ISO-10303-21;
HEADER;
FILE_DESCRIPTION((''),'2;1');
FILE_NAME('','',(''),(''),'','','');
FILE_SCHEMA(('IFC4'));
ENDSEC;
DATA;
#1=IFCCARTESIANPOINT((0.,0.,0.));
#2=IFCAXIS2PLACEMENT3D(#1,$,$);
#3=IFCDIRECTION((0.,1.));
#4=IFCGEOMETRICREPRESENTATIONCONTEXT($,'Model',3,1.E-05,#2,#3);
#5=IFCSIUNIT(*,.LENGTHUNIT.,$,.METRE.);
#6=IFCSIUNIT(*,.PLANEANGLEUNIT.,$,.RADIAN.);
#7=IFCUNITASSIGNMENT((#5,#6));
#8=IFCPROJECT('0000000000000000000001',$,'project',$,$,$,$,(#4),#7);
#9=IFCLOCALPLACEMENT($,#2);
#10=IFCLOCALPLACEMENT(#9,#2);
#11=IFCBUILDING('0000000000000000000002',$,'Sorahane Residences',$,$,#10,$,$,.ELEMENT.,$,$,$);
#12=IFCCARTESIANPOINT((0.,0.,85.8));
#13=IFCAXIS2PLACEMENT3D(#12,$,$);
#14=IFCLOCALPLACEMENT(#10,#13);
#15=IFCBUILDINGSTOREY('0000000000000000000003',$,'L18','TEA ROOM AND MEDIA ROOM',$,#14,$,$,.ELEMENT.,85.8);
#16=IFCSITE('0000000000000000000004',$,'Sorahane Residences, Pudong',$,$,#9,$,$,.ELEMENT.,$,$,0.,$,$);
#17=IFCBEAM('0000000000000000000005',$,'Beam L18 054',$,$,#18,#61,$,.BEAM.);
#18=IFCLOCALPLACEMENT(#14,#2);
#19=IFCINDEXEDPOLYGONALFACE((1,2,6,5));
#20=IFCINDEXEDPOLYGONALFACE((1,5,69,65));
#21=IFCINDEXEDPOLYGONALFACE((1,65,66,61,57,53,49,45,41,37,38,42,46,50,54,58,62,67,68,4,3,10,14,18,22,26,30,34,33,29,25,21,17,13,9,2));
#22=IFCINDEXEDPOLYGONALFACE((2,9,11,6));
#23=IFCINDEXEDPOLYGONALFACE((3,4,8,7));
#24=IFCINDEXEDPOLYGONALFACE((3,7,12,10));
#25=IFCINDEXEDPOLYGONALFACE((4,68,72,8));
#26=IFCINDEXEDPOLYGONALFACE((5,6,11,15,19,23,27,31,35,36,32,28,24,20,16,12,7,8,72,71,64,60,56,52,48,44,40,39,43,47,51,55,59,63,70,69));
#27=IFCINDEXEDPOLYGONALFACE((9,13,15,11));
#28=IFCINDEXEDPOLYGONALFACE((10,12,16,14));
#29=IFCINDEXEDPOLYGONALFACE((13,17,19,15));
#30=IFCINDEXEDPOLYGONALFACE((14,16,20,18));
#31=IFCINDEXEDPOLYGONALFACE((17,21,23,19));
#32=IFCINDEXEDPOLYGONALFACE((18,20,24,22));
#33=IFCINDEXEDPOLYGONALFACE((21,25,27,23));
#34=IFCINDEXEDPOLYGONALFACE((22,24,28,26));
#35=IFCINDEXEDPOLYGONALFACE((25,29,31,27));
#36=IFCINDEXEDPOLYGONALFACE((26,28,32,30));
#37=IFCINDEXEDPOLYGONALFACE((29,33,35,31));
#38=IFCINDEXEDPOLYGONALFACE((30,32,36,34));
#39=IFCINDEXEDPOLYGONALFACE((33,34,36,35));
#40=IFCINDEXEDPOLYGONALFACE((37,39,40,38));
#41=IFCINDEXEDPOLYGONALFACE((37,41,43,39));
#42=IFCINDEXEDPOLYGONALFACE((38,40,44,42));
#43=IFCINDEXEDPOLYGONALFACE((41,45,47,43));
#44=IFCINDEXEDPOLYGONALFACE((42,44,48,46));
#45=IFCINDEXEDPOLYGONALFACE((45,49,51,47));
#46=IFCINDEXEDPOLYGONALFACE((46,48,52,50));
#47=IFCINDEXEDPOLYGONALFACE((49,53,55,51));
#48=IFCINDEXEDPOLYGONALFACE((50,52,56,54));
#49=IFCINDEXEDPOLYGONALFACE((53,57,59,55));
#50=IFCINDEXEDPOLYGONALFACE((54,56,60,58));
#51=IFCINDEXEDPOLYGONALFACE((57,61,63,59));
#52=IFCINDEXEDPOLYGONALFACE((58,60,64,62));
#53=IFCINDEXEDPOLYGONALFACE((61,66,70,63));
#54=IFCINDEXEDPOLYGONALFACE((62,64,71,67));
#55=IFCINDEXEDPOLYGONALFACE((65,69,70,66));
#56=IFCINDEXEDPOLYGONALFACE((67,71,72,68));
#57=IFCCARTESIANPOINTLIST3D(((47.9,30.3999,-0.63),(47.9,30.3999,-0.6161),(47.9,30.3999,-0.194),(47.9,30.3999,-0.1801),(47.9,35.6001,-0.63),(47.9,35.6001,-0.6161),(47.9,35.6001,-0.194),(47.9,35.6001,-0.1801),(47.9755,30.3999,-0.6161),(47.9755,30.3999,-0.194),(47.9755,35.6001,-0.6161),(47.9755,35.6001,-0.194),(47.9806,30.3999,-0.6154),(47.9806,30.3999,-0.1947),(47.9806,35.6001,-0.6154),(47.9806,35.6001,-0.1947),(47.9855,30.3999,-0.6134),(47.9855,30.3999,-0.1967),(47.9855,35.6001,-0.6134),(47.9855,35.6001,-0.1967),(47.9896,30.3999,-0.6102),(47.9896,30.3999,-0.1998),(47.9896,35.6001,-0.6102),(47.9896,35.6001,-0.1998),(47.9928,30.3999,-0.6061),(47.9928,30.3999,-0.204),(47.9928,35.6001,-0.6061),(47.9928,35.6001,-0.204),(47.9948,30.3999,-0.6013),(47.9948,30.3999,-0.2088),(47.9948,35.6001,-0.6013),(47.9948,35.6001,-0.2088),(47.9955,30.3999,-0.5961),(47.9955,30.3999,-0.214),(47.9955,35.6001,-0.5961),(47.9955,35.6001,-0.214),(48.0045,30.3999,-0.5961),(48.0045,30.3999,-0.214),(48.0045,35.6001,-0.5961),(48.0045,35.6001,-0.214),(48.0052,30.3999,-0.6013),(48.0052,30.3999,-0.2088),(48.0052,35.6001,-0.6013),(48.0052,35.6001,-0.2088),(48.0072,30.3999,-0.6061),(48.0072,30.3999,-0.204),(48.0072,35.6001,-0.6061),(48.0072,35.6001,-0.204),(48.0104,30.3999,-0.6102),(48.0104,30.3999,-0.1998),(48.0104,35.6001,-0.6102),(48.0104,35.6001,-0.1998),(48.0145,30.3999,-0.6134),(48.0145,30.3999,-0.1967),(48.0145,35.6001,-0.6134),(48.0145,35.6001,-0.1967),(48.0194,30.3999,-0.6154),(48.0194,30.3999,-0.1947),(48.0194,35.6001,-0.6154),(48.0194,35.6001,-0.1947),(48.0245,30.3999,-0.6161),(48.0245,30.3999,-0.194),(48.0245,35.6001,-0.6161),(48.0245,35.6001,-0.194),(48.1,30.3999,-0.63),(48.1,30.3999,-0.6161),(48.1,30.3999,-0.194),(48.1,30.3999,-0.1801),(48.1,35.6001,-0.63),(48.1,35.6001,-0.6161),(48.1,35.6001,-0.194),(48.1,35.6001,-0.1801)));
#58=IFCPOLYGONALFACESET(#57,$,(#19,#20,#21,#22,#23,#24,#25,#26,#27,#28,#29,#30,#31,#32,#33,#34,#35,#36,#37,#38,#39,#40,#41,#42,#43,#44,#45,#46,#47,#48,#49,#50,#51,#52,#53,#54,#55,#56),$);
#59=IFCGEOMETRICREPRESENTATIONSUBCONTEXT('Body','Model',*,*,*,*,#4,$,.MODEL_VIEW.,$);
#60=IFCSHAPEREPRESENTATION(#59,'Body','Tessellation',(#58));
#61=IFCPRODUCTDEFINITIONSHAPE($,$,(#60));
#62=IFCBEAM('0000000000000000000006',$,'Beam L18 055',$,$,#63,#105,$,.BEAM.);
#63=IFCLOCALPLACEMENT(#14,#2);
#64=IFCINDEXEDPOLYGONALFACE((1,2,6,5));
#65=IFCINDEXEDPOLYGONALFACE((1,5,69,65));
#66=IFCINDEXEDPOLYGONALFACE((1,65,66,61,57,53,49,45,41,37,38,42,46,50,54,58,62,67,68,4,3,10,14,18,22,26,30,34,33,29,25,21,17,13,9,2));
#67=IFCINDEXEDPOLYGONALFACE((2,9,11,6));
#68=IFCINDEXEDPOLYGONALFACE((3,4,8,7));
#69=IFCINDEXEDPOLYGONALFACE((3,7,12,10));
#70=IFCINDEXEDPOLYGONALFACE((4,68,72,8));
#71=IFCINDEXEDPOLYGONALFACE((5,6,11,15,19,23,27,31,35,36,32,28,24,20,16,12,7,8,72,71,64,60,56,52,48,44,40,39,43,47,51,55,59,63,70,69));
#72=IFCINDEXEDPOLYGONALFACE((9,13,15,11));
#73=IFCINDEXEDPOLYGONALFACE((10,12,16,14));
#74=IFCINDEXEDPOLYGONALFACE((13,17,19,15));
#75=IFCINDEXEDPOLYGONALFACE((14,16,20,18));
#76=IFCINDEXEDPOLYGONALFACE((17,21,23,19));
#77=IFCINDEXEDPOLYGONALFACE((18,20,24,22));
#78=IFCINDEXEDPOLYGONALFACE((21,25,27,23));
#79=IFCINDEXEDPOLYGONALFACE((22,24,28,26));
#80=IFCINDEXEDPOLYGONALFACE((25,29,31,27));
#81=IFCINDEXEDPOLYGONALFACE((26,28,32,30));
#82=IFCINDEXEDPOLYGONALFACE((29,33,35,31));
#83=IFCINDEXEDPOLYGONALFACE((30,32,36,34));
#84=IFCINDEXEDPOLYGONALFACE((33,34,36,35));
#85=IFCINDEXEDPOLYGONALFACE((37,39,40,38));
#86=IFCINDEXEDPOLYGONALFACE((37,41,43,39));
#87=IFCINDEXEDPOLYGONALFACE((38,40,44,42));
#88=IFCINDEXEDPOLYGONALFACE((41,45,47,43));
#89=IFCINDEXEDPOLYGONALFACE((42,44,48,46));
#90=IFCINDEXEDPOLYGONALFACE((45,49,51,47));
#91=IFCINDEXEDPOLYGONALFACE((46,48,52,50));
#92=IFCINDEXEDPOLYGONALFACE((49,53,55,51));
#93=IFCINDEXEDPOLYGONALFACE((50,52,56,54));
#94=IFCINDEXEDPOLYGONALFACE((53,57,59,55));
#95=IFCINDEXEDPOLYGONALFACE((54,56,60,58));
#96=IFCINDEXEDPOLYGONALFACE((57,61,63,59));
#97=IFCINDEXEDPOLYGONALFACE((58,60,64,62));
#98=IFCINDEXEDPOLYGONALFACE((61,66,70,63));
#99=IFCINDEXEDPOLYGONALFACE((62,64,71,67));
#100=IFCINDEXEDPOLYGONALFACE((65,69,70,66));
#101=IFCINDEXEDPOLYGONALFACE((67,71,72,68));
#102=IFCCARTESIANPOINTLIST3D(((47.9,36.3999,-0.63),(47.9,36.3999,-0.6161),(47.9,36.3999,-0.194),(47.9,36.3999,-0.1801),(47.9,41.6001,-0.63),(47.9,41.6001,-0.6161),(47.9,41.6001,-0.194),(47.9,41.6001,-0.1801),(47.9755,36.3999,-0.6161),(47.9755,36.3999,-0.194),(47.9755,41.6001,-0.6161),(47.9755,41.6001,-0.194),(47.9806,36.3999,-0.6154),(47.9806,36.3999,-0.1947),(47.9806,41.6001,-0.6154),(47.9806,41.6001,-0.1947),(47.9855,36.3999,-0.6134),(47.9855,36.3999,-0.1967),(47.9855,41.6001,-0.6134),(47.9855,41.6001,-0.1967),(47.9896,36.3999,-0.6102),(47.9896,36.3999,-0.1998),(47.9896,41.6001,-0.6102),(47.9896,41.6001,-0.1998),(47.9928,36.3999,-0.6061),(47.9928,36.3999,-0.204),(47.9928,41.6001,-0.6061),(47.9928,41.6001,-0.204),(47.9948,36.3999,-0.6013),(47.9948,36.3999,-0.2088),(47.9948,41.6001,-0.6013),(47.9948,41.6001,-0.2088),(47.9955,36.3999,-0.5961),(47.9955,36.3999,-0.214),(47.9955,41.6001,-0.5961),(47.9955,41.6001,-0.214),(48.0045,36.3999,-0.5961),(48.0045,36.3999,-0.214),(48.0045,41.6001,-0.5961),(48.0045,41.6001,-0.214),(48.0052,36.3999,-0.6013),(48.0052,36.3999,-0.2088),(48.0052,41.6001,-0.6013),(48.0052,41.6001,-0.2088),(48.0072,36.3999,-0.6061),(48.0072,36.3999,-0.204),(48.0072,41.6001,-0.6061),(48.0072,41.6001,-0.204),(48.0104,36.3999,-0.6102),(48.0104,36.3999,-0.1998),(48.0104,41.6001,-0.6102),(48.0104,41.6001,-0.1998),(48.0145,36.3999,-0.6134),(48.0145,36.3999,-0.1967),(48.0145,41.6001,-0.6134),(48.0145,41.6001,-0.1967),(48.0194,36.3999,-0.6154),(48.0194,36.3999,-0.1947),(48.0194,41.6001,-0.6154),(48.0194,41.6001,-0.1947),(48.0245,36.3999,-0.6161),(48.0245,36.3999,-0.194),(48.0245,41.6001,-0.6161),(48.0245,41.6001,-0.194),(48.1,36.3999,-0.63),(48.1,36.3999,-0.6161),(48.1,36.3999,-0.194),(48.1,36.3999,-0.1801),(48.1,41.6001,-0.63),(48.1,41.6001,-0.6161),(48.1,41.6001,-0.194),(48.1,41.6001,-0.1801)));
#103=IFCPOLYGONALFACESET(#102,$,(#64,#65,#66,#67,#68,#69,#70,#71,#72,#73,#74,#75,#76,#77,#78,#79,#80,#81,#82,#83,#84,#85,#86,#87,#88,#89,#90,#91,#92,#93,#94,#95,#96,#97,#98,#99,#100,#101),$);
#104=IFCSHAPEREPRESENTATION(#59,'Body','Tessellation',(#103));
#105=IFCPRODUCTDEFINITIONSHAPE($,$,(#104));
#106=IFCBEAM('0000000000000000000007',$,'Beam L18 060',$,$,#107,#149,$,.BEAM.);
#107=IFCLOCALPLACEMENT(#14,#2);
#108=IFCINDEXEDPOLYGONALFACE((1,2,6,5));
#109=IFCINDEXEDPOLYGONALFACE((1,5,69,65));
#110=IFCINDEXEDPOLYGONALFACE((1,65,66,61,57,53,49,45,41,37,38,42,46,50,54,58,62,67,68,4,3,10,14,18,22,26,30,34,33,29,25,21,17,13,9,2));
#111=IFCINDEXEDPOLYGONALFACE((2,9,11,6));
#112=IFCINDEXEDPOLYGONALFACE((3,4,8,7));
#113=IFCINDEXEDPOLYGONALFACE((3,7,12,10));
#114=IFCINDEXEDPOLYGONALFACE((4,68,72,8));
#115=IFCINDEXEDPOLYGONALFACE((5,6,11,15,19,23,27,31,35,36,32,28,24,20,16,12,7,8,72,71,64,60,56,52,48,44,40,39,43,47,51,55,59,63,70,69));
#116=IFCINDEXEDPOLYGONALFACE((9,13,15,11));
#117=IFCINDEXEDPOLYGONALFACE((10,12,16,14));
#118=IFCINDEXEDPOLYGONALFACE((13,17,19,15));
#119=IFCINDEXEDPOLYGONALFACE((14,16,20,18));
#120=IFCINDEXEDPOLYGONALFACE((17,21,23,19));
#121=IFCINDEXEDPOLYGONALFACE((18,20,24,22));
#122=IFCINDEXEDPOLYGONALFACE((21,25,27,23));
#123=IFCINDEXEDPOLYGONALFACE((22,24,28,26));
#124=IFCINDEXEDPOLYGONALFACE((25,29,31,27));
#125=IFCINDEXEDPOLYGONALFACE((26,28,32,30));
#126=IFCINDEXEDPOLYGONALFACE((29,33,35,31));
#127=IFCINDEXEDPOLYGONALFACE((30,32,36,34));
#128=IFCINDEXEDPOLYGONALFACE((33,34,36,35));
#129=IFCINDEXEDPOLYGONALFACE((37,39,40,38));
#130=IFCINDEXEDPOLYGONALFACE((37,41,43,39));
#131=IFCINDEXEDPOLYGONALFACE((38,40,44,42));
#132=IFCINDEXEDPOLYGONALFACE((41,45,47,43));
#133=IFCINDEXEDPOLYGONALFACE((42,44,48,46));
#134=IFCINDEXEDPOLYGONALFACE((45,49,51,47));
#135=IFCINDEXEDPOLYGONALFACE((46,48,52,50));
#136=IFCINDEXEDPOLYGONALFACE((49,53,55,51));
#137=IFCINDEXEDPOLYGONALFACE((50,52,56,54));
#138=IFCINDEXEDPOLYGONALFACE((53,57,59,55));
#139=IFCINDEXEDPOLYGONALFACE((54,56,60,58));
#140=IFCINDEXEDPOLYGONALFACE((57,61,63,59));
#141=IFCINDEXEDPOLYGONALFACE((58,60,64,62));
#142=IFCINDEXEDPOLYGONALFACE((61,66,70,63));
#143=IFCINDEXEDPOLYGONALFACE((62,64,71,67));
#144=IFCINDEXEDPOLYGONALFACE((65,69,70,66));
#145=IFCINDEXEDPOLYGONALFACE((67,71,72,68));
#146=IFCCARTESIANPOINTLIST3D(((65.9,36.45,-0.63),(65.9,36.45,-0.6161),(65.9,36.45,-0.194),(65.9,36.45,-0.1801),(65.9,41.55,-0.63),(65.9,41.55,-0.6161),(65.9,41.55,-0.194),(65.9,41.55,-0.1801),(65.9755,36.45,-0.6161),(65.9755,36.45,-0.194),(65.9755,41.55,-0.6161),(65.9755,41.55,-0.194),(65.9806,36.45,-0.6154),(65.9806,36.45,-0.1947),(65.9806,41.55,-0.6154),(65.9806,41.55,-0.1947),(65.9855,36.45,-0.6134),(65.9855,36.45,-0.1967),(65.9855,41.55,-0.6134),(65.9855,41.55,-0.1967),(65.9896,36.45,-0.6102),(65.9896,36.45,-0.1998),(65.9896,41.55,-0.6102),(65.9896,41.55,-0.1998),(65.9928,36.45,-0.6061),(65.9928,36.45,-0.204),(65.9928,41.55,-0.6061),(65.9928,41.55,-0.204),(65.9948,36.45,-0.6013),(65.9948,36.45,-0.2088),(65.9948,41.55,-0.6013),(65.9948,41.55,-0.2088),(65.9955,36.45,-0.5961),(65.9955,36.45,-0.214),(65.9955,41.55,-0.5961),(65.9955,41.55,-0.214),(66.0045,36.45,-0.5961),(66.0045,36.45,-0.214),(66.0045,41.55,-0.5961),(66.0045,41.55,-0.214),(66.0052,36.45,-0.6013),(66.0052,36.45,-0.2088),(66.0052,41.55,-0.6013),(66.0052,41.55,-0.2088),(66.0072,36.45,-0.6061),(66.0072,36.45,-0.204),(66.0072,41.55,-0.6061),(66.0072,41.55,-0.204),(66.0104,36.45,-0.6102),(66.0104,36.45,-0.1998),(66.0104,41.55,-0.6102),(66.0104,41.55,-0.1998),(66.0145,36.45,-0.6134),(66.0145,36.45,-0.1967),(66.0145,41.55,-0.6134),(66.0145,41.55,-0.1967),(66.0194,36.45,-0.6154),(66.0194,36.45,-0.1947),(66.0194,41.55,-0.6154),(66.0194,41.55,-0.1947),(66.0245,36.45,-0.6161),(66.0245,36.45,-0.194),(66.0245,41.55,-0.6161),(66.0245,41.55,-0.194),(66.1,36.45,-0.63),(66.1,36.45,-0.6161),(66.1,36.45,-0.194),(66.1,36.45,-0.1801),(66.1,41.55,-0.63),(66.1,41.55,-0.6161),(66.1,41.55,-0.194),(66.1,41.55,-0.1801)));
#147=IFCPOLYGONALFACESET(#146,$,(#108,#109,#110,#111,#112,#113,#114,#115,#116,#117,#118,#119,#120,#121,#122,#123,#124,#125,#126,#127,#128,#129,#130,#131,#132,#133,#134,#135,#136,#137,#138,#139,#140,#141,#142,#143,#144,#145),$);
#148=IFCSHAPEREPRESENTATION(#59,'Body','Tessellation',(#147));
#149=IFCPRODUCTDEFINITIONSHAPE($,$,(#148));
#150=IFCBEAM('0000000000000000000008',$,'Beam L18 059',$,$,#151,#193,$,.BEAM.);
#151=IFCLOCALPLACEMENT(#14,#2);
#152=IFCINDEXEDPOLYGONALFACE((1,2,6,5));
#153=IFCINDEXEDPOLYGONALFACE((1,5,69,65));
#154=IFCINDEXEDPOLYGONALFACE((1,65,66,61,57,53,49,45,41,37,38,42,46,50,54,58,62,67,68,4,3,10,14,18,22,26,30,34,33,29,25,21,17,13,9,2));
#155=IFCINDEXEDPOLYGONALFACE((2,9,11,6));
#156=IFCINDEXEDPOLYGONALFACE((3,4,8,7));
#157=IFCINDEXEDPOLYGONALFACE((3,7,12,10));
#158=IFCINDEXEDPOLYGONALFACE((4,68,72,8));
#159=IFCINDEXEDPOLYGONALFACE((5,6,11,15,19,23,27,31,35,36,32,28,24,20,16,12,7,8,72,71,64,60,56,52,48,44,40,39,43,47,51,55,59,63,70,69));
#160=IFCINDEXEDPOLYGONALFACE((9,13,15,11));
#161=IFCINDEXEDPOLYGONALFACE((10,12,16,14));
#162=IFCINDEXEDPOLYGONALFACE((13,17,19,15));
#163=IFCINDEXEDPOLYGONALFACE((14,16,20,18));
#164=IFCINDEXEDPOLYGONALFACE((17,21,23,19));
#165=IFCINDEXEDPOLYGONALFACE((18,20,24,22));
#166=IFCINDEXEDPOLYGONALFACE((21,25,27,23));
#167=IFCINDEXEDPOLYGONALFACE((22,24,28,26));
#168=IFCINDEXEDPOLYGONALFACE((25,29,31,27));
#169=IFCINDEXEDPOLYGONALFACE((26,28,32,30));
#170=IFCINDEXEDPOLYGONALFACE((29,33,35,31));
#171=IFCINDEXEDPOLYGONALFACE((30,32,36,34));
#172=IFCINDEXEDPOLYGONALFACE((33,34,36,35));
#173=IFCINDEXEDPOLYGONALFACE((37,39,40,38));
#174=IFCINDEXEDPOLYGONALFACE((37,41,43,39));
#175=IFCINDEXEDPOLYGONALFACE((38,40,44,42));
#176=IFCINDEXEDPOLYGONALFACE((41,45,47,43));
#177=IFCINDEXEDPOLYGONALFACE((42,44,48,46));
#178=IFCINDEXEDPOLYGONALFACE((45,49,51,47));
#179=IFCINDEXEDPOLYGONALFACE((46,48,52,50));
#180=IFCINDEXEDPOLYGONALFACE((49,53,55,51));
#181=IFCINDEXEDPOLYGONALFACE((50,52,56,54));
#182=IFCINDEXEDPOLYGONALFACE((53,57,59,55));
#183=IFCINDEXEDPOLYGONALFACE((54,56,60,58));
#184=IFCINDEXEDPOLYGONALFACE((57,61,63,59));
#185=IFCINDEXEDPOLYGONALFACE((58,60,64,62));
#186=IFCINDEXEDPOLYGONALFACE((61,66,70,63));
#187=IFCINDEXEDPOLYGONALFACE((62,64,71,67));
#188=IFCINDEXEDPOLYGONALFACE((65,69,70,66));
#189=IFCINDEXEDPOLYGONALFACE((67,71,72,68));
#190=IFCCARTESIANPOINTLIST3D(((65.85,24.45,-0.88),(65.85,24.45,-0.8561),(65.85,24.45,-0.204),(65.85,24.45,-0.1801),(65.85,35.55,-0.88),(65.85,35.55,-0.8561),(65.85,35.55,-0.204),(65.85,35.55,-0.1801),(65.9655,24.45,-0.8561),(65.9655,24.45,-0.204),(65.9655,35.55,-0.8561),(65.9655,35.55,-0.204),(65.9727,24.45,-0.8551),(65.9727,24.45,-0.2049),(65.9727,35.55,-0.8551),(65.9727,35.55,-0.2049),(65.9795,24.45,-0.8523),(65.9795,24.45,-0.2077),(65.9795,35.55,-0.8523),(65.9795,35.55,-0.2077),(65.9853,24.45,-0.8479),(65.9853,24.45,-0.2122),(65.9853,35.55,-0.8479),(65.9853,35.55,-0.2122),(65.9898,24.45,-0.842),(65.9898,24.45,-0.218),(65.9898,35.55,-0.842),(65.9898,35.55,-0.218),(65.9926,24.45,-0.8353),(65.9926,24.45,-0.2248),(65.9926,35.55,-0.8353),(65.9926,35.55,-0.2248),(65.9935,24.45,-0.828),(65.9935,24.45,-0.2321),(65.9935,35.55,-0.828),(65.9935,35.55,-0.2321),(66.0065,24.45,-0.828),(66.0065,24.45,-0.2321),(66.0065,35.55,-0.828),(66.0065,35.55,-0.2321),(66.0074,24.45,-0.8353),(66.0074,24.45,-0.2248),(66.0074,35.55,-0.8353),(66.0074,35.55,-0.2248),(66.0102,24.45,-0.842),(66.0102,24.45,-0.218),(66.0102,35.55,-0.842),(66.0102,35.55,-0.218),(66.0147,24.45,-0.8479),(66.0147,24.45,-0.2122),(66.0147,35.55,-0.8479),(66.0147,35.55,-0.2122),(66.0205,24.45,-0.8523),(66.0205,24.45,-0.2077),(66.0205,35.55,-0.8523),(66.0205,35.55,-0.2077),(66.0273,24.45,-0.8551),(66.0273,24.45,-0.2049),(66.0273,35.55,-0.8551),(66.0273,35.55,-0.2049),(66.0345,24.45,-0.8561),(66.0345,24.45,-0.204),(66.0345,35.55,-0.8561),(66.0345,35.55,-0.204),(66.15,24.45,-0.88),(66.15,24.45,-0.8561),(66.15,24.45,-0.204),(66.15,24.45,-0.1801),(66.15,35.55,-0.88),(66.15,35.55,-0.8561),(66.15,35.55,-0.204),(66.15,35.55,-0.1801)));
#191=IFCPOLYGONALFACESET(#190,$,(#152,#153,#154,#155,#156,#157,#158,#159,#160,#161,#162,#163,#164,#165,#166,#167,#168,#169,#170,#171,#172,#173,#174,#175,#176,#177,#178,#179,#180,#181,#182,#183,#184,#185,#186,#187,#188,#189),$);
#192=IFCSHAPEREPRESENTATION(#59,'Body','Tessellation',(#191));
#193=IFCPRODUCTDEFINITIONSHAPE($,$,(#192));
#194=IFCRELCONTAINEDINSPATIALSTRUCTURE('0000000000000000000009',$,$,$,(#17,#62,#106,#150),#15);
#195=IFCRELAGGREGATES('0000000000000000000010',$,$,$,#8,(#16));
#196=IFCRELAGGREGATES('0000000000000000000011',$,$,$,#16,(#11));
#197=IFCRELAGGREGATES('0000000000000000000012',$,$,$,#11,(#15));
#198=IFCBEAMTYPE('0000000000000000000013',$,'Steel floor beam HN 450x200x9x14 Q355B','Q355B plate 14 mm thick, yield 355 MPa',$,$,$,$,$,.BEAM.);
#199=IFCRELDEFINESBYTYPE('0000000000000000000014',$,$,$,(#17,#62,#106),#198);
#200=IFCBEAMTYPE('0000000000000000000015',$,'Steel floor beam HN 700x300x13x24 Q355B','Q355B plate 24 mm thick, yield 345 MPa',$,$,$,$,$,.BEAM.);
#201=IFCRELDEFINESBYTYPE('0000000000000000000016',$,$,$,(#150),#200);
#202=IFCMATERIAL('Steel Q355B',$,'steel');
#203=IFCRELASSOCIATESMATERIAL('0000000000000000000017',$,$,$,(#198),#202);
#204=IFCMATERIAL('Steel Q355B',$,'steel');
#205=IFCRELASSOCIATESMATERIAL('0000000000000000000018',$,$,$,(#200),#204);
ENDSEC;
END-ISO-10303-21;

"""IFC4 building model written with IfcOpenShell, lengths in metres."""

from ifc_helpers import new_model, si_unit, direction, frame, origin, origin_2d, place, context, subcontext, project, spatial, i_section, extrude, material, material_profile, profile_set, type_object, element, save


model = new_model("IFC4")

# Units and contexts
model_context = context("Model", 3, precision=1e-05, world=origin(), true_north=direction((0.0, 1.0)))
body_context = subcontext(model_context, "Body", "Model", "MODEL_VIEW")
ifc_project = project(units=[si_unit("LENGTHUNIT", "METRE"), si_unit("PLANEANGLEUNIT", "RADIAN")], contexts=[model_context])

# Site, building, storey
site_placement = place(None, origin())
site = spatial("IfcSite", under=ifc_project, at=site_placement, Name="Sorahane Residences, Pudong", CompositionType="ELEMENT", RefElevation=0.0)
building_placement = place(site_placement, origin())
building = spatial("IfcBuilding", under=site, at=building_placement, Name="Sorahane Residences", CompositionType="ELEMENT")
storey_placement = place(building_placement, frame((0.0, 0.0, 85.8)))
storey = spatial("IfcBuildingStorey", under=building, at=storey_placement, Name="L18", Description="TEA ROOM AND MEDIA ROOM", CompositionType="ELEMENT", Elevation=85.8)

# Beams
ifc_material_1 = material(Name="Steel Q355B", Category="steel")
ifc_material_profile_1 = material_profile(ifc_material_1, i_section(OverallWidth=0.2, OverallDepth=0.45, WebThickness=0.009, FlangeThickness=0.0139, FilletRadius=0.02, at=origin_2d()), Name="HN 450x200x9x14")
ifc_profile_set_1 = profile_set([ifc_material_profile_1], Name="Steel Q355B")
beam_type_1 = type_object("IfcBeamType", Name="Steel floor beam HN 450x200x9x14 Q355B", Description="Q355B plate 14 mm thick, yield 355 MPa", PredefinedType="BEAM", material=ifc_profile_set_1)
for number, where, z_axis, x_axis, name in (
    (1, (48.0, 30.3999, -0.405), (0.0, 1.0, 0.0), (-1.0, 0.0, 0.0), "Beam L18 054"),
    (2, (48.0, 36.3999, -0.405), (0.0, 1.0, 0.0), (-1.0, 0.0, 0.0), "Beam L18 055"),
):
    element("IfcBeam", number, at=place(storey_placement, frame(where, z_axis=z_axis, x_axis=x_axis)), inside=storey, type_object=beam_type_1, Name=name, PredefinedType="BEAM", context=body_context, shape_type="SweptSolid", body=[
        extrude(i_section(OverallWidth=0.2, OverallDepth=0.45, WebThickness=0.009, FlangeThickness=0.0139, FilletRadius=0.02, at=origin_2d()), origin(), (0.0, 0.0, 1.0), 5.2002),
    ])
beam_1_placement = place(storey_placement, frame((66.0, 36.45, -0.405), z_axis=(0.0, 1.0, 0.0), x_axis=(-1.0, 0.0, 0.0)))
element("IfcBeam", 3, at=beam_1_placement, inside=storey, type_object=beam_type_1, Name="Beam L18 060", PredefinedType="BEAM", context=body_context, shape_type="SweptSolid", body=[
    extrude(i_section(OverallWidth=0.2, OverallDepth=0.45, WebThickness=0.009, FlangeThickness=0.0139, FilletRadius=0.02, at=origin_2d()), origin(), (0.0, 0.0, 1.0), 5.1001),
])
ifc_material_2 = material(Name="Steel Q355B", Category="steel")
ifc_material_profile_2 = material_profile(ifc_material_2, i_section(OverallWidth=0.3, OverallDepth=0.7, WebThickness=0.0129, FlangeThickness=0.0239, FilletRadius=0.0281, at=origin_2d()), Name="HN 700x300x13x24")
ifc_profile_set_2 = profile_set([ifc_material_profile_2], Name="Steel Q355B")
beam_type_2 = type_object("IfcBeamType", Name="Steel floor beam HN 700x300x13x24 Q355B", Description="Q355B plate 24 mm thick, yield 345 MPa", PredefinedType="BEAM", material=ifc_profile_set_2)
beam_2_placement = place(storey_placement, frame((66.0, 24.45, -0.53), z_axis=(0.0, 1.0, 0.0), x_axis=(-1.0, 0.0, 0.0)))
element("IfcBeam", 4, at=beam_2_placement, inside=storey, type_object=beam_type_2, Name="Beam L18 059", PredefinedType="BEAM", context=body_context, shape_type="SweptSolid", body=[
    extrude(i_section(OverallWidth=0.3, OverallDepth=0.7, WebThickness=0.0129, FlangeThickness=0.0239, FilletRadius=0.0281, at=origin_2d()), origin(), (0.0, 0.0, 1.0), 11.1001),
])

save(model, "model.ifc")
